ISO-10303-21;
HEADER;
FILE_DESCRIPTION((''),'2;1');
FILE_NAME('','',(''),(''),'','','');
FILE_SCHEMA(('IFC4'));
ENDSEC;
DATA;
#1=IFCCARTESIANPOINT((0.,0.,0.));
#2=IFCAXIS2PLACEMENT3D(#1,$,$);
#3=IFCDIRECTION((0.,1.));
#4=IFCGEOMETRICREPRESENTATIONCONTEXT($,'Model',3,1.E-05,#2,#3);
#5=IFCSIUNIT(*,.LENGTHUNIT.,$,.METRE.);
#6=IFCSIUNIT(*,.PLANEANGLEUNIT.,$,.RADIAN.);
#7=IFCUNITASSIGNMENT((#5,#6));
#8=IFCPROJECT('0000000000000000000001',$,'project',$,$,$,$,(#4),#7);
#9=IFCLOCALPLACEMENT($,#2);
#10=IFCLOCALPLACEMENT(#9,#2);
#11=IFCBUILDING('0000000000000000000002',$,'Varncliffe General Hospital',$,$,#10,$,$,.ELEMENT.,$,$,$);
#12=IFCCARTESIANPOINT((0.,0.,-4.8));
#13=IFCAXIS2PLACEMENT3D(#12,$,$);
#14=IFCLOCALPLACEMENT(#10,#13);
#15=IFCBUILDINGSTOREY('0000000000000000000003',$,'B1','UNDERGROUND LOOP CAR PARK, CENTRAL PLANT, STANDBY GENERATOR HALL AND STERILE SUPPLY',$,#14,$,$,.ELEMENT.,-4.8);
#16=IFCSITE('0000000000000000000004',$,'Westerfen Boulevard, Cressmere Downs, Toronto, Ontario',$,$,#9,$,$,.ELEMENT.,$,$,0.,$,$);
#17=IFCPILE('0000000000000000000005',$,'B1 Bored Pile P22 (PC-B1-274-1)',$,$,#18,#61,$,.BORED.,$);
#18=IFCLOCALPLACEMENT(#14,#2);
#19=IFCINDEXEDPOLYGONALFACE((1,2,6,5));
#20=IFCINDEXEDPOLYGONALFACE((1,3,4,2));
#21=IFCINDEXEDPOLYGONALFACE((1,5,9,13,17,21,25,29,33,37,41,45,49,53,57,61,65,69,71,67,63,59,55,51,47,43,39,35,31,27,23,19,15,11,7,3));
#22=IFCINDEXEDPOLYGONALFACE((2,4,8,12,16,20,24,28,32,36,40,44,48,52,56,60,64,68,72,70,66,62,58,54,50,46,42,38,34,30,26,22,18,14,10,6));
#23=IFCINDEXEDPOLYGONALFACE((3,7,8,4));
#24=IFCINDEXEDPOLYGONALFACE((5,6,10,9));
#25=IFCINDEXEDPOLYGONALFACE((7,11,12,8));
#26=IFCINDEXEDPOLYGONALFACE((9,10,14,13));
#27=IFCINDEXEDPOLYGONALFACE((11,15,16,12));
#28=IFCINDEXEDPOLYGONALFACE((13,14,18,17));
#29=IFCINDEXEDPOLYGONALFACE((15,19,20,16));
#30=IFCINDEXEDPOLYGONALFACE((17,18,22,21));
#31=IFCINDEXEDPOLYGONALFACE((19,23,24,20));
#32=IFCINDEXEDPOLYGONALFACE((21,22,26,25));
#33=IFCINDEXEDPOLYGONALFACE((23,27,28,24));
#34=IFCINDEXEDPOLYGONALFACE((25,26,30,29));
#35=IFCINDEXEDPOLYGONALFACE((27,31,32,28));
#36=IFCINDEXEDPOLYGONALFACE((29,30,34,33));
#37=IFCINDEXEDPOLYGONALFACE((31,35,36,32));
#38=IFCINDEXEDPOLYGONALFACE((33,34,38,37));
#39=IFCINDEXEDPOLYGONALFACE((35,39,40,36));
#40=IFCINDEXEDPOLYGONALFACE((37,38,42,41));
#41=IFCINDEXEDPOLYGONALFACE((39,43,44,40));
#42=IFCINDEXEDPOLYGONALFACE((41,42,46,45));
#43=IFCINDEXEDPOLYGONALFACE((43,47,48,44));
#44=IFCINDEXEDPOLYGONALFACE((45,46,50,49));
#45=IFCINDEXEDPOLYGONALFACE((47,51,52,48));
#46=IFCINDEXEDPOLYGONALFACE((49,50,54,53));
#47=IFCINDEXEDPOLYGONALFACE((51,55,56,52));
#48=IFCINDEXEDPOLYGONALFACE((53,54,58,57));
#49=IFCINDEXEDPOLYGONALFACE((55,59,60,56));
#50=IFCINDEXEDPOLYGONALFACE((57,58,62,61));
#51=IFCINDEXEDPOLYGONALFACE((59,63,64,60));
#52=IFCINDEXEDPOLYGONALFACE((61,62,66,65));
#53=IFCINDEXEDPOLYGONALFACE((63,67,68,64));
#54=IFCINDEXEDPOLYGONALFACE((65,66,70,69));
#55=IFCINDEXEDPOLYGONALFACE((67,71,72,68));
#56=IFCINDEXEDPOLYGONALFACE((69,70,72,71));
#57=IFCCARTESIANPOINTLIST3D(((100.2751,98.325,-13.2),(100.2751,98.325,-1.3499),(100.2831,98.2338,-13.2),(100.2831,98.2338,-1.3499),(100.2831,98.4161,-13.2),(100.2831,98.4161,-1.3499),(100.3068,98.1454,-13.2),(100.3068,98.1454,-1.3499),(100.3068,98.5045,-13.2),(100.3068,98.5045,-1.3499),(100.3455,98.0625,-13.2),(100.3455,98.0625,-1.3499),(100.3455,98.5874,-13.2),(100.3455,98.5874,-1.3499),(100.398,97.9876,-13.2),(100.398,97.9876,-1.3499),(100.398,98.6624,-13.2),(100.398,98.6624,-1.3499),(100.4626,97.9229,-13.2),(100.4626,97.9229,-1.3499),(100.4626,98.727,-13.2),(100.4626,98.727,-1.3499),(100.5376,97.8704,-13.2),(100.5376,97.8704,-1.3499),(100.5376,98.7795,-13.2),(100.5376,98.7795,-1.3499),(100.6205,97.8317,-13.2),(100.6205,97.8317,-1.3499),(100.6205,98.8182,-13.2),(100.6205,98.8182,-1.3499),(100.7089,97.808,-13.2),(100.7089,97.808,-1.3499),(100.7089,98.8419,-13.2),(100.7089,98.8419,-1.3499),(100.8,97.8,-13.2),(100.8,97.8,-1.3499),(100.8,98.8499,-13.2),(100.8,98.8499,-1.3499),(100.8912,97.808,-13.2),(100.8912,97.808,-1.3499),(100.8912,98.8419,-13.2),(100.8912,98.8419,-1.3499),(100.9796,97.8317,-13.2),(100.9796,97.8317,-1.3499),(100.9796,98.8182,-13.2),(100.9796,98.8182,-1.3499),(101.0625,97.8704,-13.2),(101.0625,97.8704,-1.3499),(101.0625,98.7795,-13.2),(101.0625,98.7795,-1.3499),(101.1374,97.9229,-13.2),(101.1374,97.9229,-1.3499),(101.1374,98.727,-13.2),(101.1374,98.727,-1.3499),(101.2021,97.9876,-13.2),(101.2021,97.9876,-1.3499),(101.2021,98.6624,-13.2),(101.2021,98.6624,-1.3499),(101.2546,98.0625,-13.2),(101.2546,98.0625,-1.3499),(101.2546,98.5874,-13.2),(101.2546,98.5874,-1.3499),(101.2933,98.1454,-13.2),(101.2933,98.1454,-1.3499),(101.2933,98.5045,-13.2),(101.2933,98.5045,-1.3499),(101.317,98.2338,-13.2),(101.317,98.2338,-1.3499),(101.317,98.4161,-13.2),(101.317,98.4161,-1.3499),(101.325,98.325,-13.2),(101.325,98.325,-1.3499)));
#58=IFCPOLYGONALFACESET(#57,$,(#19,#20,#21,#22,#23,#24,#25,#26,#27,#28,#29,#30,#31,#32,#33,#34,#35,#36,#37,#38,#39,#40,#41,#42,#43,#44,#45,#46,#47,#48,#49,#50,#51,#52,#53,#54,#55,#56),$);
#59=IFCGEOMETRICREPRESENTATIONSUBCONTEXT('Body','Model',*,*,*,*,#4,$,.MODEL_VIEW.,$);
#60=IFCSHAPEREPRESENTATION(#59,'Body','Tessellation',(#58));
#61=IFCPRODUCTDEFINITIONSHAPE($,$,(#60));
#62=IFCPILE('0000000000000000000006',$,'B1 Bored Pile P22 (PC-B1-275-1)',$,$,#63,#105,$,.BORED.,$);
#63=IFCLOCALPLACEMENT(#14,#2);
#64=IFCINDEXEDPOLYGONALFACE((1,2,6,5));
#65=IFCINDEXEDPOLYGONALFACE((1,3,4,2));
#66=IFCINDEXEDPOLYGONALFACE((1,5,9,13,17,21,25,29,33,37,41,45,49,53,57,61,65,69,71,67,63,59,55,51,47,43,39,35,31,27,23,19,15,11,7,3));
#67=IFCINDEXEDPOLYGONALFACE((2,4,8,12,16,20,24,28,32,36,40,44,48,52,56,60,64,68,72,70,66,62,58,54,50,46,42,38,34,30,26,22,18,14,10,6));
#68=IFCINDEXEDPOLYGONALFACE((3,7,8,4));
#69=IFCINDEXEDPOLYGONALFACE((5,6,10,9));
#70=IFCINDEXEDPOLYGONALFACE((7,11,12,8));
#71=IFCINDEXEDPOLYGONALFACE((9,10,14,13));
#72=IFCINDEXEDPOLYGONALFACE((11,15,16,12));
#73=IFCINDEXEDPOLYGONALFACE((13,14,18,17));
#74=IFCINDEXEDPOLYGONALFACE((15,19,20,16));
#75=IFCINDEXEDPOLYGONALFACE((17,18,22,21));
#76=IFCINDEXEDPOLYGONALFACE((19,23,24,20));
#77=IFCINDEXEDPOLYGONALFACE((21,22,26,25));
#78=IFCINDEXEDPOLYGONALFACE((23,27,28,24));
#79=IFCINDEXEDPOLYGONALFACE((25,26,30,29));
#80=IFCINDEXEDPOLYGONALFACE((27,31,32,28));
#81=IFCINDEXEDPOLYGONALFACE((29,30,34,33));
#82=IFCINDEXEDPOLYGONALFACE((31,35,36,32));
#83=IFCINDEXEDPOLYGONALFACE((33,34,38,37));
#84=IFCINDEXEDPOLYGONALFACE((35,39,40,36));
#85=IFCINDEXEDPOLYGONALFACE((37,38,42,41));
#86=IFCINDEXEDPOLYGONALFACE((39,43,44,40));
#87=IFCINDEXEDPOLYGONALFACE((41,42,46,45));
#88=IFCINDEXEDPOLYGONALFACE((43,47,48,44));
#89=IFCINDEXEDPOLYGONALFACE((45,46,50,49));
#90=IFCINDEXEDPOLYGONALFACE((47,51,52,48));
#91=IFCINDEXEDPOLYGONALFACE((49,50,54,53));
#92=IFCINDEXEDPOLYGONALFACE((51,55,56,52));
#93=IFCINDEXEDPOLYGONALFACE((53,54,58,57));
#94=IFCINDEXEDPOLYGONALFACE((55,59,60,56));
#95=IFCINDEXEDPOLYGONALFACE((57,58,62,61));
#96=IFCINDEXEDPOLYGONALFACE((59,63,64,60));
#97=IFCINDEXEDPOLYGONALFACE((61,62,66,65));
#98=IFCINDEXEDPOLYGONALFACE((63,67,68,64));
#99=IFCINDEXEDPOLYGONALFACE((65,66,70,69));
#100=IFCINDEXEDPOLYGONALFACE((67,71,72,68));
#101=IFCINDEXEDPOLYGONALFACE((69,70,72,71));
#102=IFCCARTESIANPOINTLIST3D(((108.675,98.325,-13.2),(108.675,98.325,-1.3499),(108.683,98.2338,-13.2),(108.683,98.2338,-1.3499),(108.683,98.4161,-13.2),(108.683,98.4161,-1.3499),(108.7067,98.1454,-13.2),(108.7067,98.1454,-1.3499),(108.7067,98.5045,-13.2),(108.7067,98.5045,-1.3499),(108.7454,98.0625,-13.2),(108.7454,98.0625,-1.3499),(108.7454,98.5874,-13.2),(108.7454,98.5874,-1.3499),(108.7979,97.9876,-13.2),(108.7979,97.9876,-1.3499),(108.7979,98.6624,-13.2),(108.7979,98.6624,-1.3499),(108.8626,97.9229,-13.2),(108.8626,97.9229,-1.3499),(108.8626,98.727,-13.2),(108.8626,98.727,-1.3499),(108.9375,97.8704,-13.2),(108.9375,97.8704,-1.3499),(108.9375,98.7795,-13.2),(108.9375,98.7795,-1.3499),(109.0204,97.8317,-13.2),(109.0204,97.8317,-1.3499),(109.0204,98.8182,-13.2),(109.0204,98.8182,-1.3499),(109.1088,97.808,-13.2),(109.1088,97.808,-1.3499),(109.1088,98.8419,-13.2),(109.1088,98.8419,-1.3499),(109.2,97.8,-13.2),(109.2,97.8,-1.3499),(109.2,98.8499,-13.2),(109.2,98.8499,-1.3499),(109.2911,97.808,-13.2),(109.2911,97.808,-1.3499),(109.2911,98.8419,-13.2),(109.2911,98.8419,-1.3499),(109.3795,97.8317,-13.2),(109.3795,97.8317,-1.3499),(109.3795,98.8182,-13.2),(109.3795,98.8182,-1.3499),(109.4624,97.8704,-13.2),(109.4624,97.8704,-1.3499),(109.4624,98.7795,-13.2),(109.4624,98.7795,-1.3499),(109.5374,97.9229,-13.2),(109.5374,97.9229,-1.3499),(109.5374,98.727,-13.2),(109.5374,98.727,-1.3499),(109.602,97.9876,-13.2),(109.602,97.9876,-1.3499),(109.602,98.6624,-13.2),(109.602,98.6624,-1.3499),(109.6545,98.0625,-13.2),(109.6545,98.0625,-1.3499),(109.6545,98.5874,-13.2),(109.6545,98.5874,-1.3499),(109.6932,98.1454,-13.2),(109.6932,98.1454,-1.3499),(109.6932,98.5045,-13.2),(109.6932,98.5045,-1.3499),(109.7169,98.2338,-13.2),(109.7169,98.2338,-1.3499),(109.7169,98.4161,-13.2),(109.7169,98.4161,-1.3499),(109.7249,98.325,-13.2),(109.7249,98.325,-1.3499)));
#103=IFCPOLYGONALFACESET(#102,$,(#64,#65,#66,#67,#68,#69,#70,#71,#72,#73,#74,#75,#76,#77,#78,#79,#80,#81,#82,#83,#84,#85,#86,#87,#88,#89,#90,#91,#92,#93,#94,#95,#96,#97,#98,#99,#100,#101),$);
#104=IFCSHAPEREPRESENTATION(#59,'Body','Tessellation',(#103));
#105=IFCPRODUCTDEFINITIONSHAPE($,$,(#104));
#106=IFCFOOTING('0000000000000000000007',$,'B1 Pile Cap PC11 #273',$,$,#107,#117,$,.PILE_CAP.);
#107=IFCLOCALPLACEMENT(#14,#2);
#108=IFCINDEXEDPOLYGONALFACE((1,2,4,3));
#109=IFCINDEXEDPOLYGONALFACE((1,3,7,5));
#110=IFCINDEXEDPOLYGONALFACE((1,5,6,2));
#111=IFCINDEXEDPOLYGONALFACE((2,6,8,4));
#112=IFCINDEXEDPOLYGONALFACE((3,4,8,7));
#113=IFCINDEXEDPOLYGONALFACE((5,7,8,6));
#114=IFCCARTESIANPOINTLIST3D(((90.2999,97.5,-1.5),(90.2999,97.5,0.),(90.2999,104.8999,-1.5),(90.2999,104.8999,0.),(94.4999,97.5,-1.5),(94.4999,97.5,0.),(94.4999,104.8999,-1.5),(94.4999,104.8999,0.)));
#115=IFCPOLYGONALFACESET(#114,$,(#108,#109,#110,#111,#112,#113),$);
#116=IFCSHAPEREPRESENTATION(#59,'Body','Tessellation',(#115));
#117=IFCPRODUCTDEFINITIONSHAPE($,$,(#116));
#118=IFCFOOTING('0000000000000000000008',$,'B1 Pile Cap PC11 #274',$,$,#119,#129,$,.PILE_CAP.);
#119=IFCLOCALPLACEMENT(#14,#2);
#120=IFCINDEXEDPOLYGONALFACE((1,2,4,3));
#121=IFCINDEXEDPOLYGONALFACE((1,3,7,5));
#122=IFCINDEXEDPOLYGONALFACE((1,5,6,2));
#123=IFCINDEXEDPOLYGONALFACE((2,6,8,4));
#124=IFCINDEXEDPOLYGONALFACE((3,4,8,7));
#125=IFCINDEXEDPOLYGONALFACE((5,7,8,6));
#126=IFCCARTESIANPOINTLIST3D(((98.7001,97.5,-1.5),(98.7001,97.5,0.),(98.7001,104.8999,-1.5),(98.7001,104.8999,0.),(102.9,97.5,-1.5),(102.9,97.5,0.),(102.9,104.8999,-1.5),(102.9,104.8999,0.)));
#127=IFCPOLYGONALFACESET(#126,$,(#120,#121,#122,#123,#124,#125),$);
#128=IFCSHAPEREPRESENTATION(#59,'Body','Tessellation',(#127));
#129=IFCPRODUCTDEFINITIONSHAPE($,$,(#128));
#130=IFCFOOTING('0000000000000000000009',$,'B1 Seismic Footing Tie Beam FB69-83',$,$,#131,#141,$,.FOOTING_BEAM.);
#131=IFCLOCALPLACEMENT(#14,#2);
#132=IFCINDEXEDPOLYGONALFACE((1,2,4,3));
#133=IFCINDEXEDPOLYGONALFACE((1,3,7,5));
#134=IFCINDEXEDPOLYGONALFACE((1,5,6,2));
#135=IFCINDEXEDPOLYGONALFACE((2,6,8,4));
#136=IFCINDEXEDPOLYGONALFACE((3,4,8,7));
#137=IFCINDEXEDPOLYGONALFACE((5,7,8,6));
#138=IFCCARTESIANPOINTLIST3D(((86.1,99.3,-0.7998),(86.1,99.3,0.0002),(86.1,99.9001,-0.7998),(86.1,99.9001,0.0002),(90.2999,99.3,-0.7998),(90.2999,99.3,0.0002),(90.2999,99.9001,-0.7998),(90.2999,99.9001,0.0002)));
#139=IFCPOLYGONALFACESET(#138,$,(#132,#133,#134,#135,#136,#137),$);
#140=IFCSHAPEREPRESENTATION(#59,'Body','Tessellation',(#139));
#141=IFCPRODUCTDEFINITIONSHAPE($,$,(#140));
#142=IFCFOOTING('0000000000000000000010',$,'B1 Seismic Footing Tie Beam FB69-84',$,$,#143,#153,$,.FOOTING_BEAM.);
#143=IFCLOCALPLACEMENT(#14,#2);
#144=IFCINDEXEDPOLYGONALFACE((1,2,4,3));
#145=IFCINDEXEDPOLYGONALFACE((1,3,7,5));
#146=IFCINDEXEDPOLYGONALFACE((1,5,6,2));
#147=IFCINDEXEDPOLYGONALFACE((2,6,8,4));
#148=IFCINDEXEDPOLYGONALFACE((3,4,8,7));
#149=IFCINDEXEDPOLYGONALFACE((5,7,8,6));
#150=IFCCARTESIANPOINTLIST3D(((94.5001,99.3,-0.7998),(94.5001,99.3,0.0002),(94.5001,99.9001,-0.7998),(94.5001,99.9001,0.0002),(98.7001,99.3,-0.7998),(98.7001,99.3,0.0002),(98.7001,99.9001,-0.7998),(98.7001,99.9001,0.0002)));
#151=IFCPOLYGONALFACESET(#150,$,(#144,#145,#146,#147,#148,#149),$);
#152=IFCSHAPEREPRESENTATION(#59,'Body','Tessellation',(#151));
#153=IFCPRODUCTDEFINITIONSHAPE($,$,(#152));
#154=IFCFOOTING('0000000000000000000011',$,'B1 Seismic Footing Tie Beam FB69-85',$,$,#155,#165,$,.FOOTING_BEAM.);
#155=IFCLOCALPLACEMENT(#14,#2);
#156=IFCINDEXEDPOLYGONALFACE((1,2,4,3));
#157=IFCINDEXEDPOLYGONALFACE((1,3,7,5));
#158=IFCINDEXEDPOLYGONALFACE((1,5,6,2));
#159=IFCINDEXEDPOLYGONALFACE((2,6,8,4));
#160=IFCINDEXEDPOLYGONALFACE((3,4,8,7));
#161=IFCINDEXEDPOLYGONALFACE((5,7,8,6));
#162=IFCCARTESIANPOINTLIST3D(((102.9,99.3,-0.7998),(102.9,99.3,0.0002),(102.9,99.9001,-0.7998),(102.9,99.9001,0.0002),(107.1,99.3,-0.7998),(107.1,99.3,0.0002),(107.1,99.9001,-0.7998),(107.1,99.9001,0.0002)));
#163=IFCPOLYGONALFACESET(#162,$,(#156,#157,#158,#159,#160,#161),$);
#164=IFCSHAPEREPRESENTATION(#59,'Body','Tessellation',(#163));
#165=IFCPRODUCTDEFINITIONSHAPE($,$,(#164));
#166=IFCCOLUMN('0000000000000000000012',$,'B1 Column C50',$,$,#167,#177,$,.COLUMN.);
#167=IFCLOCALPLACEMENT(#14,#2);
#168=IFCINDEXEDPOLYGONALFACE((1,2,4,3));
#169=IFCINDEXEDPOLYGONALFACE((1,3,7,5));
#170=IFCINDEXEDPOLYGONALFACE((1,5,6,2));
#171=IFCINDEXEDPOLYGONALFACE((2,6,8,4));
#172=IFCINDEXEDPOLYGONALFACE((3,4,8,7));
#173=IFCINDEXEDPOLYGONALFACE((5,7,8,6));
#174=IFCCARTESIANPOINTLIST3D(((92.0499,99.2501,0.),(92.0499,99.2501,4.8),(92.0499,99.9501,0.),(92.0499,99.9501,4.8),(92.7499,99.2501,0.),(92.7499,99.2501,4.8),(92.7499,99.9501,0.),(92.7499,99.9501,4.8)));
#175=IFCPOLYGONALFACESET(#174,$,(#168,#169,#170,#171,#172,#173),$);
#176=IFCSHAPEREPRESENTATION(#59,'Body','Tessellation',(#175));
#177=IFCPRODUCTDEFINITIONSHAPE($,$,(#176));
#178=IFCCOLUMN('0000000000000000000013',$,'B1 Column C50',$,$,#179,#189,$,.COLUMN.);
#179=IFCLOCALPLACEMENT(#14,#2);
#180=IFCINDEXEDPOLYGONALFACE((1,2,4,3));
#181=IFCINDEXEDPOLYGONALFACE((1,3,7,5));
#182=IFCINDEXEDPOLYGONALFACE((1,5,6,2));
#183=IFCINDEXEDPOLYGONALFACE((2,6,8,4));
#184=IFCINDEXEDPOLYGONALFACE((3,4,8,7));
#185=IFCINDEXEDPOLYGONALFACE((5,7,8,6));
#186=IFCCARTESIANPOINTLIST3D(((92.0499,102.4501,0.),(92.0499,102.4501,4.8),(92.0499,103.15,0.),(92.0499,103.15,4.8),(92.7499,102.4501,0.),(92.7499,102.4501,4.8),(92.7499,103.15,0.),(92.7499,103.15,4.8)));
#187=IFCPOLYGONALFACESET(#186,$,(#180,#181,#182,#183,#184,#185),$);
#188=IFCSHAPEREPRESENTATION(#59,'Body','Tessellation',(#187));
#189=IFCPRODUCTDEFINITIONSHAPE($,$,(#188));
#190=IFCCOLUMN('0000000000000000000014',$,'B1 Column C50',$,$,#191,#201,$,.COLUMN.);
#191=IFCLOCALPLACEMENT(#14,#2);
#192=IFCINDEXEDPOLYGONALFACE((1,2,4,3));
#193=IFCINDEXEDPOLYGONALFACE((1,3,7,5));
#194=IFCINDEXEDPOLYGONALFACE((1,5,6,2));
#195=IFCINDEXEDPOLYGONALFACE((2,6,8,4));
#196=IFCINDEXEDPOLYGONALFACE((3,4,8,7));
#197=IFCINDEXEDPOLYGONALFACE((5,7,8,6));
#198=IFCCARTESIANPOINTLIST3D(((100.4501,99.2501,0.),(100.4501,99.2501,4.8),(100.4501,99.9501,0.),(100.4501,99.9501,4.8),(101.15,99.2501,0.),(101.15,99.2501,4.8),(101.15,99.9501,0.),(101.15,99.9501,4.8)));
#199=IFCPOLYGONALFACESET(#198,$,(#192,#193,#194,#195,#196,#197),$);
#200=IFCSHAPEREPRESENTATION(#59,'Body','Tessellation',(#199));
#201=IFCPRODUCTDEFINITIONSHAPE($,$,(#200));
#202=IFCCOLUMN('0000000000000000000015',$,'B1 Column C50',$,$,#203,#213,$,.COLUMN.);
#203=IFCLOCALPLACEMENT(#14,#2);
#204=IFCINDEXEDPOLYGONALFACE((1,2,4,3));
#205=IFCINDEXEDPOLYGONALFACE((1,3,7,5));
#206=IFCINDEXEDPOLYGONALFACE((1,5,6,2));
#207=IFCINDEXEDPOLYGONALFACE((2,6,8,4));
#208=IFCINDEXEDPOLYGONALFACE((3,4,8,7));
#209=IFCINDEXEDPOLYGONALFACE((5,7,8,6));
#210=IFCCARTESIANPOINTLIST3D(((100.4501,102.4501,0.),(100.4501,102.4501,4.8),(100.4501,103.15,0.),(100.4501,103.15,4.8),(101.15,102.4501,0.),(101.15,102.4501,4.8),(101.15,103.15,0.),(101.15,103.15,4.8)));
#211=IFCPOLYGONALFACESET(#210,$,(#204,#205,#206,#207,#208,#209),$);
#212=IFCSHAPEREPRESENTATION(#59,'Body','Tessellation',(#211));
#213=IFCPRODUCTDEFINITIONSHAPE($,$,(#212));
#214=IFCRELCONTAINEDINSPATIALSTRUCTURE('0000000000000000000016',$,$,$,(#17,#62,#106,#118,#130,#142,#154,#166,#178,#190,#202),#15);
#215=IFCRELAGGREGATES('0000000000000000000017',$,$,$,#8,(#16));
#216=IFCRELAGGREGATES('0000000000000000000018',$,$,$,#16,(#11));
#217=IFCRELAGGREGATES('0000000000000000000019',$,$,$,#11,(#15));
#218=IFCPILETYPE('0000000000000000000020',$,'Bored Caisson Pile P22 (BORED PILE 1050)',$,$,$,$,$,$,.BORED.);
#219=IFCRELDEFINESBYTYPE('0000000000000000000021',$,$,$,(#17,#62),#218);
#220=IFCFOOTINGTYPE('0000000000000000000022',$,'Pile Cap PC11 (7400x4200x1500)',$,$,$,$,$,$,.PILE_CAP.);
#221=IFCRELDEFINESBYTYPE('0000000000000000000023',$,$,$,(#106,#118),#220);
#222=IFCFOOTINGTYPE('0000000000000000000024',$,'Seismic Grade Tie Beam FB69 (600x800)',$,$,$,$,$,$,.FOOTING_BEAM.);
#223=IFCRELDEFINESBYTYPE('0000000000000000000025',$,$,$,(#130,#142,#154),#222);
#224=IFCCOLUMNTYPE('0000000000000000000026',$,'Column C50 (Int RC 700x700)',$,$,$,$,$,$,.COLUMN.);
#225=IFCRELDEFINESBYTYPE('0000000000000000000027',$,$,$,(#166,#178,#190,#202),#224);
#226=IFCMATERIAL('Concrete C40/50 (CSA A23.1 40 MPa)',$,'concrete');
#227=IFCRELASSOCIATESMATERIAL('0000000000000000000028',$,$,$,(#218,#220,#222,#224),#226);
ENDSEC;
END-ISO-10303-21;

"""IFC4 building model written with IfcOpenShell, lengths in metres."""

from ifc_helpers import new_model, si_unit, direction, frame, origin, origin_2d, place, context, subcontext, project, spatial, rectangle, circle, extrude, material, material_profile, profile_set, type_object, element, save


model = new_model("IFC4")

# Units and contexts
model_context = context("Model", 3, precision=1e-05, world=origin(), true_north=direction((0.0, 1.0)))
body_context = subcontext(model_context, "Body", "Model", "MODEL_VIEW")
ifc_project = project(units=[si_unit("LENGTHUNIT", "METRE"), si_unit("PLANEANGLEUNIT", "RADIAN")], contexts=[model_context])

# Site, building, storey
site_placement = place(None, origin())
site = spatial("IfcSite", under=ifc_project, at=site_placement, Name="Westerfen Boulevard, Cressmere Downs, Toronto, Ontario", CompositionType="ELEMENT", RefElevation=0.0)
building_placement = place(site_placement, origin())
building = spatial("IfcBuilding", under=site, at=building_placement, Name="Varncliffe General Hospital", CompositionType="ELEMENT")
storey_placement = place(building_placement, frame((0.0, 0.0, -4.8)))
storey = spatial("IfcBuildingStorey", under=building, at=storey_placement, Name="B1", Description="UNDERGROUND LOOP CAR PARK, CENTRAL PLANT, STANDBY GENERATOR HALL AND STERILE SUPPLY", CompositionType="ELEMENT", Elevation=-4.8)

# Piles
ifc_material_1 = material(Name="Concrete C40/50 (CSA A23.1 40 MPa)", Category="concrete")
ifc_material_profile_1 = material_profile(ifc_material_1, circle(Radius=0.5249, at=origin_2d()), Name="BORED PILE 1050")
ifc_profile_set_1 = profile_set([ifc_material_profile_1], Name="Concrete C40/50 (CSA A23.1 40 MPa)")
pile_type = type_object("IfcPileType", Name="Bored Caisson Pile P22 (BORED PILE 1050)", PredefinedType="BORED", material=ifc_profile_set_1)
for number, where, z_axis, x_axis, name in (
    (1, (100.8, 98.325, -1.3499), (0.0, 0.0, -1.0), (1.0, 0.0, 0.0), "B1 Bored Pile P22 (PC-B1-274-1)"),
    (2, (109.2, 98.325, -1.3499), (0.0, 0.0, -1.0), (1.0, 0.0, 0.0), "B1 Bored Pile P22 (PC-B1-275-1)"),
):
    element("IfcPile", number, at=place(storey_placement, frame(where, z_axis=z_axis, x_axis=x_axis)), inside=storey, type_object=pile_type, Name=name, PredefinedType="BORED", context=body_context, shape_type="SweptSolid", body=[
        extrude(circle(Radius=0.5249, at=origin_2d()), origin(), (0.0, 0.0, 1.0), 11.8501),
    ])

# Footings
footing_type_1 = type_object("IfcFootingType", Name="Pile Cap PC11 (7400x4200x1500)", PredefinedType="PILE_CAP", material=ifc_material_1)
for number, where, z_axis, x_axis, name in (
    (3, (92.3999, 101.2, -1.5), (0.0, 0.0, 1.0), (1.0, 0.0, 0.0), "B1 Pile Cap PC11 #273"),
    (4, (100.8, 101.2, -1.5), (0.0, 0.0, 1.0), (1.0, 0.0, 0.0), "B1 Pile Cap PC11 #274"),
):
    element("IfcFooting", number, at=place(storey_placement, frame(where, z_axis=z_axis, x_axis=x_axis)), inside=storey, type_object=footing_type_1, Name=name, PredefinedType="PILE_CAP", context=body_context, shape_type="SweptSolid", body=[
        extrude(rectangle(XDim=4.2, YDim=7.3999, at=origin_2d()), origin(), (0.0, 0.0, 1.0), 1.5),
    ])
footing_type_2 = type_object("IfcFootingType", Name="Seismic Grade Tie Beam FB69 (600x800)", PredefinedType="FOOTING_BEAM", material=ifc_material_1)
for number, where, z_axis, x_axis, name in (
    (5, (88.2, 99.6001, -0.7998), (0.0, 0.0, 1.0), (1.0, 0.0, 0.0), "B1 Seismic Footing Tie Beam FB69-83"),
    (6, (96.6001, 99.6001, -0.7998), (0.0, 0.0, 1.0), (1.0, 0.0, 0.0), "B1 Seismic Footing Tie Beam FB69-84"),
    (7, (105.0, 99.6001, -0.7998), (0.0, 0.0, 1.0), (1.0, 0.0, 0.0), "B1 Seismic Footing Tie Beam FB69-85"),
):
    element("IfcFooting", number, at=place(storey_placement, frame(where, z_axis=z_axis, x_axis=x_axis)), inside=storey, type_object=footing_type_2, Name=name, PredefinedType="FOOTING_BEAM", context=body_context, shape_type="SweptSolid", body=[
        extrude(rectangle(XDim=4.2, YDim=0.6001, at=origin_2d()), origin(), (0.0, 0.0, 1.0), 0.8),
    ])

# Columns
ifc_material_profile_2 = material_profile(ifc_material_1, rectangle(XDim=0.7, YDim=0.7, at=origin_2d()), Name="RC 700x700")
ifc_profile_set_2 = profile_set([ifc_material_profile_2], Name="Concrete C40/50 (CSA A23.1 40 MPa)")
column_type = type_object("IfcColumnType", Name="Column C50 (Int RC 700x700)", PredefinedType="COLUMN", material=ifc_profile_set_2)
for number, where, z_axis, x_axis, name in (
    (8, (92.3999, 99.6001, 0.0), (0.0, 0.0, 1.0), (1.0, 0.0, 0.0), "B1 Column C50"),
    (9, (92.3999, 102.8, 0.0), (0.0, 0.0, 1.0), (1.0, 0.0, 0.0), "B1 Column C50"),
    (10, (100.8, 99.6001, 0.0), (0.0, 0.0, 1.0), (1.0, 0.0, 0.0), "B1 Column C50"),
    (11, (100.8, 102.8, 0.0), (0.0, 0.0, 1.0), (1.0, 0.0, 0.0), "B1 Column C50"),
):
    element("IfcColumn", number, at=place(storey_placement, frame(where, z_axis=z_axis, x_axis=x_axis)), inside=storey, type_object=column_type, Name=name, PredefinedType="COLUMN", context=body_context, shape_type="SweptSolid", body=[
        extrude(rectangle(XDim=0.7, YDim=0.7, at=origin_2d()), origin(), (0.0, 0.0, 1.0), 4.8),
    ])

save(model, "model.ifc")
